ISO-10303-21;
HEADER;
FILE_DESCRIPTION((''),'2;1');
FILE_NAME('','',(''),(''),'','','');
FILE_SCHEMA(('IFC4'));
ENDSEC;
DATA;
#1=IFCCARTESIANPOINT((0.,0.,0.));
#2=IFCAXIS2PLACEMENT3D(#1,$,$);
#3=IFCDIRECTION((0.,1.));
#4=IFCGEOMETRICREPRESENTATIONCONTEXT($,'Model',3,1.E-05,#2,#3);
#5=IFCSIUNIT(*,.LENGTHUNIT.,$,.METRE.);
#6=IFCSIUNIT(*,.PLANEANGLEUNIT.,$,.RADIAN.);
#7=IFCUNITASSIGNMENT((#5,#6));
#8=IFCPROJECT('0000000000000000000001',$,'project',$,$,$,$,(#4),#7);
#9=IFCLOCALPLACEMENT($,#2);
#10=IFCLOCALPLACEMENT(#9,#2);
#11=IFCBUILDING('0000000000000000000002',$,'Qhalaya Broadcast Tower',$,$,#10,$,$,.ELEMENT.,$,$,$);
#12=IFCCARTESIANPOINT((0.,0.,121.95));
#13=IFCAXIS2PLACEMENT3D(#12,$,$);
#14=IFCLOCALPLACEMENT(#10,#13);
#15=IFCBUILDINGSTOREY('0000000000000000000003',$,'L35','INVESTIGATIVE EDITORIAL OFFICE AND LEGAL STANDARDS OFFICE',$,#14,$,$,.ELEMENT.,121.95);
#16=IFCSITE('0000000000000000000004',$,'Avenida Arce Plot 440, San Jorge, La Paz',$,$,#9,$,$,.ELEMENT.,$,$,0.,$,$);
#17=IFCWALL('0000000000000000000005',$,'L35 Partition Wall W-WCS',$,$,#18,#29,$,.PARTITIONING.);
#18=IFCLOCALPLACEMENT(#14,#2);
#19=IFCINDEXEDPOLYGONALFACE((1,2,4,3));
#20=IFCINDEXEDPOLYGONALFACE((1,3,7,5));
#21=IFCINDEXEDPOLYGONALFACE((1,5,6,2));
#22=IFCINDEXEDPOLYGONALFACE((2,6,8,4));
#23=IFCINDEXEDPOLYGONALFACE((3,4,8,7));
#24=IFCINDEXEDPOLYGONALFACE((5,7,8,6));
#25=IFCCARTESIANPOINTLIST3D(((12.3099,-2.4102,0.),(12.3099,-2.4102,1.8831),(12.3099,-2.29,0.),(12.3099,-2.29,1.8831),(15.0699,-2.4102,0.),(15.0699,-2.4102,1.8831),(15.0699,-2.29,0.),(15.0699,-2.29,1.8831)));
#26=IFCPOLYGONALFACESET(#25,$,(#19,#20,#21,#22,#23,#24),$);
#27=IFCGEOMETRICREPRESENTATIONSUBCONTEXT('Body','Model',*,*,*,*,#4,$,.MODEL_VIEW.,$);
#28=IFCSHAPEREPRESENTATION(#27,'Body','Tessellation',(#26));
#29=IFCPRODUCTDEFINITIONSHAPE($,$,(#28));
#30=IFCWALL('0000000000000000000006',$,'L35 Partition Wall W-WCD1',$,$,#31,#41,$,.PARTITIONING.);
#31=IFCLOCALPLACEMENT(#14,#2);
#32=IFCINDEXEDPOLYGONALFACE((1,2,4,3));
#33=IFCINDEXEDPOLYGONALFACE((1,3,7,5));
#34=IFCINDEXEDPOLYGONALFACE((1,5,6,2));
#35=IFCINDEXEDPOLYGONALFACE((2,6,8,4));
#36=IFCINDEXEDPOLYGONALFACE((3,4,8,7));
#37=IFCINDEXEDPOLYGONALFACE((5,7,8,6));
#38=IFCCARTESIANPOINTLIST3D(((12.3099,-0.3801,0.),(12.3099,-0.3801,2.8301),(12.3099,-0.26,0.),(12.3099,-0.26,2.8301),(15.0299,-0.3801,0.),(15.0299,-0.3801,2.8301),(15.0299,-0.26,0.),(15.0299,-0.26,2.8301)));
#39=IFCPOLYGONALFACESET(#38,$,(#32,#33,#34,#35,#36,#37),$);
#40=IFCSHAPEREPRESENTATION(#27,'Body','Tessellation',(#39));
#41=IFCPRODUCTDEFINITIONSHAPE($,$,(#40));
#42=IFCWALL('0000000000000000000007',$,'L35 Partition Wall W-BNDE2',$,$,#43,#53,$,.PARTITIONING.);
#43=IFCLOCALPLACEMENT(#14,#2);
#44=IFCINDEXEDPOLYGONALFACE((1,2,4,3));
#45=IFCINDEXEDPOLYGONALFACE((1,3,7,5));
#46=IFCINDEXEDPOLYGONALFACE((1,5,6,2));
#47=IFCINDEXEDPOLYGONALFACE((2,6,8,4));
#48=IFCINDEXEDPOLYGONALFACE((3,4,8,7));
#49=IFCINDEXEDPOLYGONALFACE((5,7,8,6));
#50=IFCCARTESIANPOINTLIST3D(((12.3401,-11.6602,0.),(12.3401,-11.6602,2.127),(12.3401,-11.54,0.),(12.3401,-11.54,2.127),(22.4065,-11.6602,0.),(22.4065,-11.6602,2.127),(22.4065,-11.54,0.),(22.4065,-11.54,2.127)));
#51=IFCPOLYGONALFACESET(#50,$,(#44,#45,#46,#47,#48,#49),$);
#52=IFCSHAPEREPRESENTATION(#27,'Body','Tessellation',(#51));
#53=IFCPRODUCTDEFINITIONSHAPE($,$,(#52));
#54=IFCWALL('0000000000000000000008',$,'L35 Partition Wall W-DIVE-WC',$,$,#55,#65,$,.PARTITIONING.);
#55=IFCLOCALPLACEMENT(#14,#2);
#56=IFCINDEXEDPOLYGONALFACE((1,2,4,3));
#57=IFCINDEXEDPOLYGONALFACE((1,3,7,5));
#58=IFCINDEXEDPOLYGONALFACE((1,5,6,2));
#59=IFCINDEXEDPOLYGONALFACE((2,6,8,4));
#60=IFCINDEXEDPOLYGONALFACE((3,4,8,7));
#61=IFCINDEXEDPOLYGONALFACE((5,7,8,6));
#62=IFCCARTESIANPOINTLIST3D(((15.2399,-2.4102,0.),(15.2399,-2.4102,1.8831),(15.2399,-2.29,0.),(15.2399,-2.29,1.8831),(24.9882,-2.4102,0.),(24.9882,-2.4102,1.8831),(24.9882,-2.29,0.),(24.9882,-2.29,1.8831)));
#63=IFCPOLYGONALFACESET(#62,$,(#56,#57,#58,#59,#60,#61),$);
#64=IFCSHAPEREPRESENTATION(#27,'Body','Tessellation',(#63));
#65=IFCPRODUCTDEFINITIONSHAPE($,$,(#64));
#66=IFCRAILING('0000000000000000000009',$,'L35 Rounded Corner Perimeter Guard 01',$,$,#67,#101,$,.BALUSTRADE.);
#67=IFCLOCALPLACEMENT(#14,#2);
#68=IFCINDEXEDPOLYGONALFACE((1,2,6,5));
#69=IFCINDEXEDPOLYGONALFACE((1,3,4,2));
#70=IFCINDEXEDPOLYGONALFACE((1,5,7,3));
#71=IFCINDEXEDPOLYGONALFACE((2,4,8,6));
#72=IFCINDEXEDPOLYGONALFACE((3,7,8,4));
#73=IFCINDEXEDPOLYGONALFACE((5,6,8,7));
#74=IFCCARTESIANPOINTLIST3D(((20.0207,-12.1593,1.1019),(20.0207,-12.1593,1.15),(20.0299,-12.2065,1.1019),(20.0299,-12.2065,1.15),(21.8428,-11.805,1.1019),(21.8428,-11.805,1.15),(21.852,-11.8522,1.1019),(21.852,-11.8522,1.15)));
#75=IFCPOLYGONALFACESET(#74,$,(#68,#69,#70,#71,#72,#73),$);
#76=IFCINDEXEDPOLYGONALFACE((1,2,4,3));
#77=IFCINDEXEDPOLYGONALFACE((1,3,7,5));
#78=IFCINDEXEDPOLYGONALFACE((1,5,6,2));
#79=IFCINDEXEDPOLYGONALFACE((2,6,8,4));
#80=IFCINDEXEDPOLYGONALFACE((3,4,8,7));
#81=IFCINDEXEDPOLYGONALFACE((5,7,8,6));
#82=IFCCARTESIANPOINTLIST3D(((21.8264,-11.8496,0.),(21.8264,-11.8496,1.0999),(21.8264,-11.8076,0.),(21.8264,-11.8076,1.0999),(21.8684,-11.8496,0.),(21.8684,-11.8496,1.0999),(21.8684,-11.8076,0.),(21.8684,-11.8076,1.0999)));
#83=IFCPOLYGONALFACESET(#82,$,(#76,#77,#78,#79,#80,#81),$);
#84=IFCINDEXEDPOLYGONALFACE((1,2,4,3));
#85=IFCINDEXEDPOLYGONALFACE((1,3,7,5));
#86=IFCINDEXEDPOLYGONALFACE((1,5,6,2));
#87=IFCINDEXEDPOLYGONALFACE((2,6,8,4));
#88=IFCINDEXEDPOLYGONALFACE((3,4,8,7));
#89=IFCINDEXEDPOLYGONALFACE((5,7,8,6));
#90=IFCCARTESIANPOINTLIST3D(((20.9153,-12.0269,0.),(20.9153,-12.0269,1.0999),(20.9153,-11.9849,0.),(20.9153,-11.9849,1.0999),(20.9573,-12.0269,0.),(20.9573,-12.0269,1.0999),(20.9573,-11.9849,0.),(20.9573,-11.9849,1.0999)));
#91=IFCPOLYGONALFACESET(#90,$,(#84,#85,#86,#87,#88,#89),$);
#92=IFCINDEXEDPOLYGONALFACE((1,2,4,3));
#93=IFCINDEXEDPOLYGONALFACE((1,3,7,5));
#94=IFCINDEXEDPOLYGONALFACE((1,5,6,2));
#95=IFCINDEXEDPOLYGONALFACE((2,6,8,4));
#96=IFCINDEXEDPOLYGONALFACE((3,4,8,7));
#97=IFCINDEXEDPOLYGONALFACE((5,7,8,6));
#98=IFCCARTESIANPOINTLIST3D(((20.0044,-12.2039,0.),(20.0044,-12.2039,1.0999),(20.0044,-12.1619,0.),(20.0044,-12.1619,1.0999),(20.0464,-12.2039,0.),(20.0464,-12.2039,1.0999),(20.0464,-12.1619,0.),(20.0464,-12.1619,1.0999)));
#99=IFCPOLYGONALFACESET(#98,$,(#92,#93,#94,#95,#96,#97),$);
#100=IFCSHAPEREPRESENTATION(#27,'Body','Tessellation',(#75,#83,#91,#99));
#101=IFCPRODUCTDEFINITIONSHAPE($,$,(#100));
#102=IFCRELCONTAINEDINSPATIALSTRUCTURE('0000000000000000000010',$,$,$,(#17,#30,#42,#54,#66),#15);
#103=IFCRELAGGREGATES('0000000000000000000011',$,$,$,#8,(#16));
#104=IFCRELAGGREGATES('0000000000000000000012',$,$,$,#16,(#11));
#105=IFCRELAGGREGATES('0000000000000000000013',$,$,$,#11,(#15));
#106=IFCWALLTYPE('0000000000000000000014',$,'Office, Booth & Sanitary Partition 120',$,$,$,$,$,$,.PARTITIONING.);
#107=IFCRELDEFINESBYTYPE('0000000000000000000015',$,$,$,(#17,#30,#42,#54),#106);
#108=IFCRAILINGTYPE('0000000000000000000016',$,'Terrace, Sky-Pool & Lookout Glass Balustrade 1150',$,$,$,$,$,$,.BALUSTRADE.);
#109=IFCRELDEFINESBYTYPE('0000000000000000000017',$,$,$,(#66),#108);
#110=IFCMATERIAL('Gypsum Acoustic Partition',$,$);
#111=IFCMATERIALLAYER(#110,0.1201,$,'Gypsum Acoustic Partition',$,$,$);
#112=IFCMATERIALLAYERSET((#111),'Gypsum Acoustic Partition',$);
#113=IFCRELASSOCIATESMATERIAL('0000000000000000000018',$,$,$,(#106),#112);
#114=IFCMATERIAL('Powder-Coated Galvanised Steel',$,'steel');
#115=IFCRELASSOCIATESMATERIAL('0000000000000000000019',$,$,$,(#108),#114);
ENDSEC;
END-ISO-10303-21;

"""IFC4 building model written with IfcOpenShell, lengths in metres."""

from ifc_helpers import new_model, si_unit, direction, frame, frame_2d, origin, origin_2d, place, context, subcontext, project, spatial, rectangle, extrude, material, layer, layer_set, type_object, element, save


model = new_model("IFC4")

# Units and contexts
model_context = context("Model", 3, precision=1e-05, world=origin(), true_north=direction((0.0, 1.0)))
body_context = subcontext(model_context, "Body", "Model", "MODEL_VIEW")
ifc_project = project(units=[si_unit("LENGTHUNIT", "METRE"), si_unit("PLANEANGLEUNIT", "RADIAN")], contexts=[model_context])

# Site, building, storey
site_placement = place(None, origin())
site = spatial("IfcSite", under=ifc_project, at=site_placement, Name="Avenida Arce Plot 440, San Jorge, La Paz", CompositionType="ELEMENT", RefElevation=0.0)
building_placement = place(site_placement, origin())
building = spatial("IfcBuilding", under=site, at=building_placement, Name="Qhalaya Broadcast Tower", CompositionType="ELEMENT")
storey_placement = place(building_placement, frame((0.0, 0.0, 121.95)))
storey = spatial("IfcBuildingStorey", under=building, at=storey_placement, Name="L35", Description="INVESTIGATIVE EDITORIAL OFFICE AND LEGAL STANDARDS OFFICE", CompositionType="ELEMENT", Elevation=121.95)

# Shared definitions
ifc_material_1 = material(Name="Gypsum Acoustic Partition")
ifc_layer_1 = layer(ifc_material_1, 0.1201, Name="Gypsum Acoustic Partition")
ifc_layer_set_1 = layer_set([ifc_layer_1], Name="Gypsum Acoustic Partition")
wall_type_1 = type_object("IfcWallType", Name="Office, Booth & Sanitary Partition 120", PredefinedType="PARTITIONING", material=ifc_layer_set_1)

# Walls
wall_1_placement = place(storey_placement, frame((12.3101, -2.3501, 0.0), z_axis=(0.0, 0.0, 1.0), x_axis=(1.0, 0.0, 0.0)))
element("IfcWall", 1, at=wall_1_placement, inside=storey, type_object=wall_type_1, Name="L35 Partition Wall W-WCS", PredefinedType="PARTITIONING", context=body_context, shape_type="SweptSolid", body=[
    extrude(rectangle(XDim=2.76, YDim=0.1201, at=frame_2d((1.3799, 0.0))), origin(), (0.0, 0.0, 1.0), 1.8831),
])
wall_2_placement = place(storey_placement, frame((12.3101, -0.3201, 0.0), z_axis=(0.0, 0.0, 1.0), x_axis=(1.0, 0.0, 0.0)))
element("IfcWall", 2, at=wall_2_placement, inside=storey, type_object=wall_type_1, Name="L35 Partition Wall W-WCD1", PredefinedType="PARTITIONING", context=body_context, shape_type="SweptSolid", body=[
    extrude(rectangle(XDim=2.72, YDim=0.1201, at=frame_2d((1.3599, 0.0))), origin(), (0.0, 0.0, 1.0), 2.8301),
])
wall_3_placement = place(storey_placement, frame((12.3401, -11.6001, 0.0), z_axis=(0.0, 0.0, 1.0), x_axis=(1.0, 0.0, 0.0)))
element("IfcWall", 3, at=wall_3_placement, inside=storey, type_object=wall_type_1, Name="L35 Partition Wall W-BNDE2", PredefinedType="PARTITIONING", context=body_context, shape_type="SweptSolid", body=[
    extrude(rectangle(XDim=10.0664, YDim=0.1201, at=frame_2d((5.0332, 0.0))), origin(), (0.0, 0.0, 1.0), 2.127),
])
wall_4_placement = place(storey_placement, frame((15.24, -2.3501, 0.0), z_axis=(0.0, 0.0, 1.0), x_axis=(1.0, 0.0, 0.0)))
element("IfcWall", 4, at=wall_4_placement, inside=storey, type_object=wall_type_1, Name="L35 Partition Wall W-DIVE-WC", PredefinedType="PARTITIONING", context=body_context, shape_type="SweptSolid", body=[
    extrude(rectangle(XDim=9.7483, YDim=0.1201, at=frame_2d((4.874, 0.0))), origin(), (0.0, 0.0, 1.0), 1.8831),
])

# Railing
ifc_material_2 = material(Name="Powder-Coated Galvanised Steel", Category="steel")
railing_type = type_object("IfcRailingType", Name="Terrace, Sky-Pool & Lookout Glass Balustrade 1150", PredefinedType="BALUSTRADE", material=ifc_material_2)
railing_1_placement = place(storey_placement, frame((21.8474, -11.8286, 0.0)))
element("IfcRailing", 5, at=railing_1_placement, inside=storey, type_object=railing_type, Name="L35 Rounded Corner Perimeter Guard 01", PredefinedType="BALUSTRADE", context=body_context, shape_type="SweptSolid", body=[
    extrude(rectangle(XDim=0.0481, YDim=0.0481, at=origin_2d()), frame((0.0, 0.0, 1.126), z_axis=(-0.981619, -0.190852, 0.0), x_axis=(0.190852, -0.981619, 0.0)), (0.0, 0.0, 1.0), 1.8562),
    extrude(rectangle(XDim=0.042, YDim=0.042, at=origin_2d()), origin(), (0.0, 0.0, 1.0), 1.0999),
    extrude(rectangle(XDim=0.042, YDim=0.042, at=origin_2d()), frame((-0.9111, -0.1772, 0.0)), (0.0, 0.0, 1.0), 1.0999),
    extrude(rectangle(XDim=0.042, YDim=0.042, at=origin_2d()), frame((-1.822, -0.3542, 0.0)), (0.0, 0.0, 1.0), 1.0999),
])

save(model, "model.ifc")
